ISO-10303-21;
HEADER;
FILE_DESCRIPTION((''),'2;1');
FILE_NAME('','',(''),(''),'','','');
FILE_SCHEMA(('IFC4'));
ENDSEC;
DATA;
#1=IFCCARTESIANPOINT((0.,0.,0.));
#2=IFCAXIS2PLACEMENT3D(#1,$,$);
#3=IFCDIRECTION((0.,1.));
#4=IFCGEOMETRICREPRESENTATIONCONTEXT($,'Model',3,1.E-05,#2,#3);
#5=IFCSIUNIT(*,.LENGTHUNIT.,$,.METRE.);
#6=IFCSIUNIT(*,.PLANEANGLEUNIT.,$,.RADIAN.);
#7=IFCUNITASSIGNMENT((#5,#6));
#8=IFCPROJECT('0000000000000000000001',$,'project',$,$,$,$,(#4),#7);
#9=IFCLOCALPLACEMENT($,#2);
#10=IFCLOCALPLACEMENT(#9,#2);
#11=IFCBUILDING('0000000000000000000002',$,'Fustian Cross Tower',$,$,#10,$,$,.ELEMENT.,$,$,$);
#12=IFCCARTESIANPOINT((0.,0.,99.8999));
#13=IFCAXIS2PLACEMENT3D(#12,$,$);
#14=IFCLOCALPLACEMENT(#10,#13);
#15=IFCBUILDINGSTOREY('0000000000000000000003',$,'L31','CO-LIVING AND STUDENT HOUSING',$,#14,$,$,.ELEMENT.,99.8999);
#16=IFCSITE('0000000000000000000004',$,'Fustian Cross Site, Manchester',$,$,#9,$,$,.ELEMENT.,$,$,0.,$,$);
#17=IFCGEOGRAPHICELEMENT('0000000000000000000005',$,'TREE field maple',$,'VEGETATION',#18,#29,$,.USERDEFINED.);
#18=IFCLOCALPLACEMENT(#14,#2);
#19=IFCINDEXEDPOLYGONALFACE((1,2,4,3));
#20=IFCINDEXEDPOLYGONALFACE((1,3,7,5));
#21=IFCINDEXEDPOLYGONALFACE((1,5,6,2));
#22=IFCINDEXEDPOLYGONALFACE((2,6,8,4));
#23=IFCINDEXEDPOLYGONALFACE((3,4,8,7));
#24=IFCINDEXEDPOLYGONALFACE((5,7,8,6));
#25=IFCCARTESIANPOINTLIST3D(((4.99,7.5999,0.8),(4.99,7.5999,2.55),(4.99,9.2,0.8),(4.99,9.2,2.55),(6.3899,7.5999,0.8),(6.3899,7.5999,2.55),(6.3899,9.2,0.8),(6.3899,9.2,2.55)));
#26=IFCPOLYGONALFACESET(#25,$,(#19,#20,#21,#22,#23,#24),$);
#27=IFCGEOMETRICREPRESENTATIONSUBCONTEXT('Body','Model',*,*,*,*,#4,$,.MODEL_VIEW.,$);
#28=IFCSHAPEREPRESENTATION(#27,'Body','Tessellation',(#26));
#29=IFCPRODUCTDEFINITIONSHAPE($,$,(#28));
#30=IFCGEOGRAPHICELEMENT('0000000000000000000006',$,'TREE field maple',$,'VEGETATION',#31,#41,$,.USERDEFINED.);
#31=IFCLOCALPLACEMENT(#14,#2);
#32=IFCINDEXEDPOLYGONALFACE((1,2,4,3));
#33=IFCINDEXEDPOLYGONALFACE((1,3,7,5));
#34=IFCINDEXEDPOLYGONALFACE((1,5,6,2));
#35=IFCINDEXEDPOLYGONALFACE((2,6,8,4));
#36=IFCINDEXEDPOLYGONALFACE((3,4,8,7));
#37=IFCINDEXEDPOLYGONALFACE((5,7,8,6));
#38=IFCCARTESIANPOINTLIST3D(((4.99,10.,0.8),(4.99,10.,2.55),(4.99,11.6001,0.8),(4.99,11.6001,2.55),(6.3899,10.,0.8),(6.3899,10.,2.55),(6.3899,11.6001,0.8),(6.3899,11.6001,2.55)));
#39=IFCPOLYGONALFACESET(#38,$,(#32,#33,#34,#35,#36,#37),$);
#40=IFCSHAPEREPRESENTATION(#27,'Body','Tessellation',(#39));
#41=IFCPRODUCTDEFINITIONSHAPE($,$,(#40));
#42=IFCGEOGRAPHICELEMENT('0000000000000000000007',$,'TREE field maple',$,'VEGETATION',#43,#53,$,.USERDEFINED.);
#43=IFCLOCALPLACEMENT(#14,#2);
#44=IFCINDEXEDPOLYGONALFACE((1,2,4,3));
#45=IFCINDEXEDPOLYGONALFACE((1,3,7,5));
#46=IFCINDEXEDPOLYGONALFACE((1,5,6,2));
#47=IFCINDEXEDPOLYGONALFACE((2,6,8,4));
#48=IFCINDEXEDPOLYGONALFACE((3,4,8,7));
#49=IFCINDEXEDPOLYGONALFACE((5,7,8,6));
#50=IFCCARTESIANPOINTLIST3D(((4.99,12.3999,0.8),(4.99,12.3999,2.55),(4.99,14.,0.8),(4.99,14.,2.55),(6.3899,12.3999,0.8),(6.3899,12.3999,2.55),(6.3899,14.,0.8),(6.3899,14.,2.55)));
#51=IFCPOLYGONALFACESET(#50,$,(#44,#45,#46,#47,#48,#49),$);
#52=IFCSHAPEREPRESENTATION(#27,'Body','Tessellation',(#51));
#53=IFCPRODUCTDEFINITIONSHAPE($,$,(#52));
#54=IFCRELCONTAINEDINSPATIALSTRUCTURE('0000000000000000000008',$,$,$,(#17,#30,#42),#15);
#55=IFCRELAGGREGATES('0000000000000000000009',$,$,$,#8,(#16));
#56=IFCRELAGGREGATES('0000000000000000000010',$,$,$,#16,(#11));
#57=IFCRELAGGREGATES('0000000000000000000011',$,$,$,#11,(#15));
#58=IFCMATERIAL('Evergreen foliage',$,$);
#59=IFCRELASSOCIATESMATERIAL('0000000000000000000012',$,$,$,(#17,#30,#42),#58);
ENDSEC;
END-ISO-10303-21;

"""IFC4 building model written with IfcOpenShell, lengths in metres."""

from ifc_helpers import new_model, si_unit, direction, frame, origin, origin_2d, place, context, subcontext, project, spatial, rectangle, extrude, material, element, save


model = new_model("IFC4")

# Units and contexts
model_context = context("Model", 3, precision=1e-05, world=origin(), true_north=direction((0.0, 1.0)))
body_context = subcontext(model_context, "Body", "Model", "MODEL_VIEW")
ifc_project = project(units=[si_unit("LENGTHUNIT", "METRE"), si_unit("PLANEANGLEUNIT", "RADIAN")], contexts=[model_context])

# Site, building, storey
site_placement = place(None, origin())
site = spatial("IfcSite", under=ifc_project, at=site_placement, Name="Fustian Cross Site, Manchester", CompositionType="ELEMENT", RefElevation=0.0)
building_placement = place(site_placement, origin())
building = spatial("IfcBuilding", under=site, at=building_placement, Name="Fustian Cross Tower", CompositionType="ELEMENT")
storey_placement = place(building_placement, frame((0.0, 0.0, 99.8999)))
storey = spatial("IfcBuildingStorey", under=building, at=storey_placement, Name="L31", Description="CO-LIVING AND STUDENT HOUSING", CompositionType="ELEMENT", Elevation=99.8999)

# Geographic elements
ifc_material_1 = material(Name="Evergreen foliage")
for number, where, z_axis, x_axis, name in (
    (1, (5.6899, 8.3999, 0.8), (0.0, 0.0, 1.0), (1.0, 0.0, 0.0), "TREE field maple"),
    (2, (5.6899, 10.8, 0.8), (0.0, 0.0, 1.0), (1.0, 0.0, 0.0), "TREE field maple"),
    (3, (5.6899, 13.2, 0.8), (0.0, 0.0, 1.0), (1.0, 0.0, 0.0), "TREE field maple"),
):
    element("IfcGeographicElement", number, at=place(storey_placement, frame(where, z_axis=z_axis, x_axis=x_axis)), inside=storey, material=ifc_material_1, Name=name, ObjectType="VEGETATION", PredefinedType="USERDEFINED", context=body_context, shape_type="SweptSolid", body=[
        extrude(rectangle(XDim=1.3999, YDim=1.6001, at=origin_2d()), origin(), (0.0, 0.0, 1.0), 1.75),
    ])

save(model, "model.ifc")
